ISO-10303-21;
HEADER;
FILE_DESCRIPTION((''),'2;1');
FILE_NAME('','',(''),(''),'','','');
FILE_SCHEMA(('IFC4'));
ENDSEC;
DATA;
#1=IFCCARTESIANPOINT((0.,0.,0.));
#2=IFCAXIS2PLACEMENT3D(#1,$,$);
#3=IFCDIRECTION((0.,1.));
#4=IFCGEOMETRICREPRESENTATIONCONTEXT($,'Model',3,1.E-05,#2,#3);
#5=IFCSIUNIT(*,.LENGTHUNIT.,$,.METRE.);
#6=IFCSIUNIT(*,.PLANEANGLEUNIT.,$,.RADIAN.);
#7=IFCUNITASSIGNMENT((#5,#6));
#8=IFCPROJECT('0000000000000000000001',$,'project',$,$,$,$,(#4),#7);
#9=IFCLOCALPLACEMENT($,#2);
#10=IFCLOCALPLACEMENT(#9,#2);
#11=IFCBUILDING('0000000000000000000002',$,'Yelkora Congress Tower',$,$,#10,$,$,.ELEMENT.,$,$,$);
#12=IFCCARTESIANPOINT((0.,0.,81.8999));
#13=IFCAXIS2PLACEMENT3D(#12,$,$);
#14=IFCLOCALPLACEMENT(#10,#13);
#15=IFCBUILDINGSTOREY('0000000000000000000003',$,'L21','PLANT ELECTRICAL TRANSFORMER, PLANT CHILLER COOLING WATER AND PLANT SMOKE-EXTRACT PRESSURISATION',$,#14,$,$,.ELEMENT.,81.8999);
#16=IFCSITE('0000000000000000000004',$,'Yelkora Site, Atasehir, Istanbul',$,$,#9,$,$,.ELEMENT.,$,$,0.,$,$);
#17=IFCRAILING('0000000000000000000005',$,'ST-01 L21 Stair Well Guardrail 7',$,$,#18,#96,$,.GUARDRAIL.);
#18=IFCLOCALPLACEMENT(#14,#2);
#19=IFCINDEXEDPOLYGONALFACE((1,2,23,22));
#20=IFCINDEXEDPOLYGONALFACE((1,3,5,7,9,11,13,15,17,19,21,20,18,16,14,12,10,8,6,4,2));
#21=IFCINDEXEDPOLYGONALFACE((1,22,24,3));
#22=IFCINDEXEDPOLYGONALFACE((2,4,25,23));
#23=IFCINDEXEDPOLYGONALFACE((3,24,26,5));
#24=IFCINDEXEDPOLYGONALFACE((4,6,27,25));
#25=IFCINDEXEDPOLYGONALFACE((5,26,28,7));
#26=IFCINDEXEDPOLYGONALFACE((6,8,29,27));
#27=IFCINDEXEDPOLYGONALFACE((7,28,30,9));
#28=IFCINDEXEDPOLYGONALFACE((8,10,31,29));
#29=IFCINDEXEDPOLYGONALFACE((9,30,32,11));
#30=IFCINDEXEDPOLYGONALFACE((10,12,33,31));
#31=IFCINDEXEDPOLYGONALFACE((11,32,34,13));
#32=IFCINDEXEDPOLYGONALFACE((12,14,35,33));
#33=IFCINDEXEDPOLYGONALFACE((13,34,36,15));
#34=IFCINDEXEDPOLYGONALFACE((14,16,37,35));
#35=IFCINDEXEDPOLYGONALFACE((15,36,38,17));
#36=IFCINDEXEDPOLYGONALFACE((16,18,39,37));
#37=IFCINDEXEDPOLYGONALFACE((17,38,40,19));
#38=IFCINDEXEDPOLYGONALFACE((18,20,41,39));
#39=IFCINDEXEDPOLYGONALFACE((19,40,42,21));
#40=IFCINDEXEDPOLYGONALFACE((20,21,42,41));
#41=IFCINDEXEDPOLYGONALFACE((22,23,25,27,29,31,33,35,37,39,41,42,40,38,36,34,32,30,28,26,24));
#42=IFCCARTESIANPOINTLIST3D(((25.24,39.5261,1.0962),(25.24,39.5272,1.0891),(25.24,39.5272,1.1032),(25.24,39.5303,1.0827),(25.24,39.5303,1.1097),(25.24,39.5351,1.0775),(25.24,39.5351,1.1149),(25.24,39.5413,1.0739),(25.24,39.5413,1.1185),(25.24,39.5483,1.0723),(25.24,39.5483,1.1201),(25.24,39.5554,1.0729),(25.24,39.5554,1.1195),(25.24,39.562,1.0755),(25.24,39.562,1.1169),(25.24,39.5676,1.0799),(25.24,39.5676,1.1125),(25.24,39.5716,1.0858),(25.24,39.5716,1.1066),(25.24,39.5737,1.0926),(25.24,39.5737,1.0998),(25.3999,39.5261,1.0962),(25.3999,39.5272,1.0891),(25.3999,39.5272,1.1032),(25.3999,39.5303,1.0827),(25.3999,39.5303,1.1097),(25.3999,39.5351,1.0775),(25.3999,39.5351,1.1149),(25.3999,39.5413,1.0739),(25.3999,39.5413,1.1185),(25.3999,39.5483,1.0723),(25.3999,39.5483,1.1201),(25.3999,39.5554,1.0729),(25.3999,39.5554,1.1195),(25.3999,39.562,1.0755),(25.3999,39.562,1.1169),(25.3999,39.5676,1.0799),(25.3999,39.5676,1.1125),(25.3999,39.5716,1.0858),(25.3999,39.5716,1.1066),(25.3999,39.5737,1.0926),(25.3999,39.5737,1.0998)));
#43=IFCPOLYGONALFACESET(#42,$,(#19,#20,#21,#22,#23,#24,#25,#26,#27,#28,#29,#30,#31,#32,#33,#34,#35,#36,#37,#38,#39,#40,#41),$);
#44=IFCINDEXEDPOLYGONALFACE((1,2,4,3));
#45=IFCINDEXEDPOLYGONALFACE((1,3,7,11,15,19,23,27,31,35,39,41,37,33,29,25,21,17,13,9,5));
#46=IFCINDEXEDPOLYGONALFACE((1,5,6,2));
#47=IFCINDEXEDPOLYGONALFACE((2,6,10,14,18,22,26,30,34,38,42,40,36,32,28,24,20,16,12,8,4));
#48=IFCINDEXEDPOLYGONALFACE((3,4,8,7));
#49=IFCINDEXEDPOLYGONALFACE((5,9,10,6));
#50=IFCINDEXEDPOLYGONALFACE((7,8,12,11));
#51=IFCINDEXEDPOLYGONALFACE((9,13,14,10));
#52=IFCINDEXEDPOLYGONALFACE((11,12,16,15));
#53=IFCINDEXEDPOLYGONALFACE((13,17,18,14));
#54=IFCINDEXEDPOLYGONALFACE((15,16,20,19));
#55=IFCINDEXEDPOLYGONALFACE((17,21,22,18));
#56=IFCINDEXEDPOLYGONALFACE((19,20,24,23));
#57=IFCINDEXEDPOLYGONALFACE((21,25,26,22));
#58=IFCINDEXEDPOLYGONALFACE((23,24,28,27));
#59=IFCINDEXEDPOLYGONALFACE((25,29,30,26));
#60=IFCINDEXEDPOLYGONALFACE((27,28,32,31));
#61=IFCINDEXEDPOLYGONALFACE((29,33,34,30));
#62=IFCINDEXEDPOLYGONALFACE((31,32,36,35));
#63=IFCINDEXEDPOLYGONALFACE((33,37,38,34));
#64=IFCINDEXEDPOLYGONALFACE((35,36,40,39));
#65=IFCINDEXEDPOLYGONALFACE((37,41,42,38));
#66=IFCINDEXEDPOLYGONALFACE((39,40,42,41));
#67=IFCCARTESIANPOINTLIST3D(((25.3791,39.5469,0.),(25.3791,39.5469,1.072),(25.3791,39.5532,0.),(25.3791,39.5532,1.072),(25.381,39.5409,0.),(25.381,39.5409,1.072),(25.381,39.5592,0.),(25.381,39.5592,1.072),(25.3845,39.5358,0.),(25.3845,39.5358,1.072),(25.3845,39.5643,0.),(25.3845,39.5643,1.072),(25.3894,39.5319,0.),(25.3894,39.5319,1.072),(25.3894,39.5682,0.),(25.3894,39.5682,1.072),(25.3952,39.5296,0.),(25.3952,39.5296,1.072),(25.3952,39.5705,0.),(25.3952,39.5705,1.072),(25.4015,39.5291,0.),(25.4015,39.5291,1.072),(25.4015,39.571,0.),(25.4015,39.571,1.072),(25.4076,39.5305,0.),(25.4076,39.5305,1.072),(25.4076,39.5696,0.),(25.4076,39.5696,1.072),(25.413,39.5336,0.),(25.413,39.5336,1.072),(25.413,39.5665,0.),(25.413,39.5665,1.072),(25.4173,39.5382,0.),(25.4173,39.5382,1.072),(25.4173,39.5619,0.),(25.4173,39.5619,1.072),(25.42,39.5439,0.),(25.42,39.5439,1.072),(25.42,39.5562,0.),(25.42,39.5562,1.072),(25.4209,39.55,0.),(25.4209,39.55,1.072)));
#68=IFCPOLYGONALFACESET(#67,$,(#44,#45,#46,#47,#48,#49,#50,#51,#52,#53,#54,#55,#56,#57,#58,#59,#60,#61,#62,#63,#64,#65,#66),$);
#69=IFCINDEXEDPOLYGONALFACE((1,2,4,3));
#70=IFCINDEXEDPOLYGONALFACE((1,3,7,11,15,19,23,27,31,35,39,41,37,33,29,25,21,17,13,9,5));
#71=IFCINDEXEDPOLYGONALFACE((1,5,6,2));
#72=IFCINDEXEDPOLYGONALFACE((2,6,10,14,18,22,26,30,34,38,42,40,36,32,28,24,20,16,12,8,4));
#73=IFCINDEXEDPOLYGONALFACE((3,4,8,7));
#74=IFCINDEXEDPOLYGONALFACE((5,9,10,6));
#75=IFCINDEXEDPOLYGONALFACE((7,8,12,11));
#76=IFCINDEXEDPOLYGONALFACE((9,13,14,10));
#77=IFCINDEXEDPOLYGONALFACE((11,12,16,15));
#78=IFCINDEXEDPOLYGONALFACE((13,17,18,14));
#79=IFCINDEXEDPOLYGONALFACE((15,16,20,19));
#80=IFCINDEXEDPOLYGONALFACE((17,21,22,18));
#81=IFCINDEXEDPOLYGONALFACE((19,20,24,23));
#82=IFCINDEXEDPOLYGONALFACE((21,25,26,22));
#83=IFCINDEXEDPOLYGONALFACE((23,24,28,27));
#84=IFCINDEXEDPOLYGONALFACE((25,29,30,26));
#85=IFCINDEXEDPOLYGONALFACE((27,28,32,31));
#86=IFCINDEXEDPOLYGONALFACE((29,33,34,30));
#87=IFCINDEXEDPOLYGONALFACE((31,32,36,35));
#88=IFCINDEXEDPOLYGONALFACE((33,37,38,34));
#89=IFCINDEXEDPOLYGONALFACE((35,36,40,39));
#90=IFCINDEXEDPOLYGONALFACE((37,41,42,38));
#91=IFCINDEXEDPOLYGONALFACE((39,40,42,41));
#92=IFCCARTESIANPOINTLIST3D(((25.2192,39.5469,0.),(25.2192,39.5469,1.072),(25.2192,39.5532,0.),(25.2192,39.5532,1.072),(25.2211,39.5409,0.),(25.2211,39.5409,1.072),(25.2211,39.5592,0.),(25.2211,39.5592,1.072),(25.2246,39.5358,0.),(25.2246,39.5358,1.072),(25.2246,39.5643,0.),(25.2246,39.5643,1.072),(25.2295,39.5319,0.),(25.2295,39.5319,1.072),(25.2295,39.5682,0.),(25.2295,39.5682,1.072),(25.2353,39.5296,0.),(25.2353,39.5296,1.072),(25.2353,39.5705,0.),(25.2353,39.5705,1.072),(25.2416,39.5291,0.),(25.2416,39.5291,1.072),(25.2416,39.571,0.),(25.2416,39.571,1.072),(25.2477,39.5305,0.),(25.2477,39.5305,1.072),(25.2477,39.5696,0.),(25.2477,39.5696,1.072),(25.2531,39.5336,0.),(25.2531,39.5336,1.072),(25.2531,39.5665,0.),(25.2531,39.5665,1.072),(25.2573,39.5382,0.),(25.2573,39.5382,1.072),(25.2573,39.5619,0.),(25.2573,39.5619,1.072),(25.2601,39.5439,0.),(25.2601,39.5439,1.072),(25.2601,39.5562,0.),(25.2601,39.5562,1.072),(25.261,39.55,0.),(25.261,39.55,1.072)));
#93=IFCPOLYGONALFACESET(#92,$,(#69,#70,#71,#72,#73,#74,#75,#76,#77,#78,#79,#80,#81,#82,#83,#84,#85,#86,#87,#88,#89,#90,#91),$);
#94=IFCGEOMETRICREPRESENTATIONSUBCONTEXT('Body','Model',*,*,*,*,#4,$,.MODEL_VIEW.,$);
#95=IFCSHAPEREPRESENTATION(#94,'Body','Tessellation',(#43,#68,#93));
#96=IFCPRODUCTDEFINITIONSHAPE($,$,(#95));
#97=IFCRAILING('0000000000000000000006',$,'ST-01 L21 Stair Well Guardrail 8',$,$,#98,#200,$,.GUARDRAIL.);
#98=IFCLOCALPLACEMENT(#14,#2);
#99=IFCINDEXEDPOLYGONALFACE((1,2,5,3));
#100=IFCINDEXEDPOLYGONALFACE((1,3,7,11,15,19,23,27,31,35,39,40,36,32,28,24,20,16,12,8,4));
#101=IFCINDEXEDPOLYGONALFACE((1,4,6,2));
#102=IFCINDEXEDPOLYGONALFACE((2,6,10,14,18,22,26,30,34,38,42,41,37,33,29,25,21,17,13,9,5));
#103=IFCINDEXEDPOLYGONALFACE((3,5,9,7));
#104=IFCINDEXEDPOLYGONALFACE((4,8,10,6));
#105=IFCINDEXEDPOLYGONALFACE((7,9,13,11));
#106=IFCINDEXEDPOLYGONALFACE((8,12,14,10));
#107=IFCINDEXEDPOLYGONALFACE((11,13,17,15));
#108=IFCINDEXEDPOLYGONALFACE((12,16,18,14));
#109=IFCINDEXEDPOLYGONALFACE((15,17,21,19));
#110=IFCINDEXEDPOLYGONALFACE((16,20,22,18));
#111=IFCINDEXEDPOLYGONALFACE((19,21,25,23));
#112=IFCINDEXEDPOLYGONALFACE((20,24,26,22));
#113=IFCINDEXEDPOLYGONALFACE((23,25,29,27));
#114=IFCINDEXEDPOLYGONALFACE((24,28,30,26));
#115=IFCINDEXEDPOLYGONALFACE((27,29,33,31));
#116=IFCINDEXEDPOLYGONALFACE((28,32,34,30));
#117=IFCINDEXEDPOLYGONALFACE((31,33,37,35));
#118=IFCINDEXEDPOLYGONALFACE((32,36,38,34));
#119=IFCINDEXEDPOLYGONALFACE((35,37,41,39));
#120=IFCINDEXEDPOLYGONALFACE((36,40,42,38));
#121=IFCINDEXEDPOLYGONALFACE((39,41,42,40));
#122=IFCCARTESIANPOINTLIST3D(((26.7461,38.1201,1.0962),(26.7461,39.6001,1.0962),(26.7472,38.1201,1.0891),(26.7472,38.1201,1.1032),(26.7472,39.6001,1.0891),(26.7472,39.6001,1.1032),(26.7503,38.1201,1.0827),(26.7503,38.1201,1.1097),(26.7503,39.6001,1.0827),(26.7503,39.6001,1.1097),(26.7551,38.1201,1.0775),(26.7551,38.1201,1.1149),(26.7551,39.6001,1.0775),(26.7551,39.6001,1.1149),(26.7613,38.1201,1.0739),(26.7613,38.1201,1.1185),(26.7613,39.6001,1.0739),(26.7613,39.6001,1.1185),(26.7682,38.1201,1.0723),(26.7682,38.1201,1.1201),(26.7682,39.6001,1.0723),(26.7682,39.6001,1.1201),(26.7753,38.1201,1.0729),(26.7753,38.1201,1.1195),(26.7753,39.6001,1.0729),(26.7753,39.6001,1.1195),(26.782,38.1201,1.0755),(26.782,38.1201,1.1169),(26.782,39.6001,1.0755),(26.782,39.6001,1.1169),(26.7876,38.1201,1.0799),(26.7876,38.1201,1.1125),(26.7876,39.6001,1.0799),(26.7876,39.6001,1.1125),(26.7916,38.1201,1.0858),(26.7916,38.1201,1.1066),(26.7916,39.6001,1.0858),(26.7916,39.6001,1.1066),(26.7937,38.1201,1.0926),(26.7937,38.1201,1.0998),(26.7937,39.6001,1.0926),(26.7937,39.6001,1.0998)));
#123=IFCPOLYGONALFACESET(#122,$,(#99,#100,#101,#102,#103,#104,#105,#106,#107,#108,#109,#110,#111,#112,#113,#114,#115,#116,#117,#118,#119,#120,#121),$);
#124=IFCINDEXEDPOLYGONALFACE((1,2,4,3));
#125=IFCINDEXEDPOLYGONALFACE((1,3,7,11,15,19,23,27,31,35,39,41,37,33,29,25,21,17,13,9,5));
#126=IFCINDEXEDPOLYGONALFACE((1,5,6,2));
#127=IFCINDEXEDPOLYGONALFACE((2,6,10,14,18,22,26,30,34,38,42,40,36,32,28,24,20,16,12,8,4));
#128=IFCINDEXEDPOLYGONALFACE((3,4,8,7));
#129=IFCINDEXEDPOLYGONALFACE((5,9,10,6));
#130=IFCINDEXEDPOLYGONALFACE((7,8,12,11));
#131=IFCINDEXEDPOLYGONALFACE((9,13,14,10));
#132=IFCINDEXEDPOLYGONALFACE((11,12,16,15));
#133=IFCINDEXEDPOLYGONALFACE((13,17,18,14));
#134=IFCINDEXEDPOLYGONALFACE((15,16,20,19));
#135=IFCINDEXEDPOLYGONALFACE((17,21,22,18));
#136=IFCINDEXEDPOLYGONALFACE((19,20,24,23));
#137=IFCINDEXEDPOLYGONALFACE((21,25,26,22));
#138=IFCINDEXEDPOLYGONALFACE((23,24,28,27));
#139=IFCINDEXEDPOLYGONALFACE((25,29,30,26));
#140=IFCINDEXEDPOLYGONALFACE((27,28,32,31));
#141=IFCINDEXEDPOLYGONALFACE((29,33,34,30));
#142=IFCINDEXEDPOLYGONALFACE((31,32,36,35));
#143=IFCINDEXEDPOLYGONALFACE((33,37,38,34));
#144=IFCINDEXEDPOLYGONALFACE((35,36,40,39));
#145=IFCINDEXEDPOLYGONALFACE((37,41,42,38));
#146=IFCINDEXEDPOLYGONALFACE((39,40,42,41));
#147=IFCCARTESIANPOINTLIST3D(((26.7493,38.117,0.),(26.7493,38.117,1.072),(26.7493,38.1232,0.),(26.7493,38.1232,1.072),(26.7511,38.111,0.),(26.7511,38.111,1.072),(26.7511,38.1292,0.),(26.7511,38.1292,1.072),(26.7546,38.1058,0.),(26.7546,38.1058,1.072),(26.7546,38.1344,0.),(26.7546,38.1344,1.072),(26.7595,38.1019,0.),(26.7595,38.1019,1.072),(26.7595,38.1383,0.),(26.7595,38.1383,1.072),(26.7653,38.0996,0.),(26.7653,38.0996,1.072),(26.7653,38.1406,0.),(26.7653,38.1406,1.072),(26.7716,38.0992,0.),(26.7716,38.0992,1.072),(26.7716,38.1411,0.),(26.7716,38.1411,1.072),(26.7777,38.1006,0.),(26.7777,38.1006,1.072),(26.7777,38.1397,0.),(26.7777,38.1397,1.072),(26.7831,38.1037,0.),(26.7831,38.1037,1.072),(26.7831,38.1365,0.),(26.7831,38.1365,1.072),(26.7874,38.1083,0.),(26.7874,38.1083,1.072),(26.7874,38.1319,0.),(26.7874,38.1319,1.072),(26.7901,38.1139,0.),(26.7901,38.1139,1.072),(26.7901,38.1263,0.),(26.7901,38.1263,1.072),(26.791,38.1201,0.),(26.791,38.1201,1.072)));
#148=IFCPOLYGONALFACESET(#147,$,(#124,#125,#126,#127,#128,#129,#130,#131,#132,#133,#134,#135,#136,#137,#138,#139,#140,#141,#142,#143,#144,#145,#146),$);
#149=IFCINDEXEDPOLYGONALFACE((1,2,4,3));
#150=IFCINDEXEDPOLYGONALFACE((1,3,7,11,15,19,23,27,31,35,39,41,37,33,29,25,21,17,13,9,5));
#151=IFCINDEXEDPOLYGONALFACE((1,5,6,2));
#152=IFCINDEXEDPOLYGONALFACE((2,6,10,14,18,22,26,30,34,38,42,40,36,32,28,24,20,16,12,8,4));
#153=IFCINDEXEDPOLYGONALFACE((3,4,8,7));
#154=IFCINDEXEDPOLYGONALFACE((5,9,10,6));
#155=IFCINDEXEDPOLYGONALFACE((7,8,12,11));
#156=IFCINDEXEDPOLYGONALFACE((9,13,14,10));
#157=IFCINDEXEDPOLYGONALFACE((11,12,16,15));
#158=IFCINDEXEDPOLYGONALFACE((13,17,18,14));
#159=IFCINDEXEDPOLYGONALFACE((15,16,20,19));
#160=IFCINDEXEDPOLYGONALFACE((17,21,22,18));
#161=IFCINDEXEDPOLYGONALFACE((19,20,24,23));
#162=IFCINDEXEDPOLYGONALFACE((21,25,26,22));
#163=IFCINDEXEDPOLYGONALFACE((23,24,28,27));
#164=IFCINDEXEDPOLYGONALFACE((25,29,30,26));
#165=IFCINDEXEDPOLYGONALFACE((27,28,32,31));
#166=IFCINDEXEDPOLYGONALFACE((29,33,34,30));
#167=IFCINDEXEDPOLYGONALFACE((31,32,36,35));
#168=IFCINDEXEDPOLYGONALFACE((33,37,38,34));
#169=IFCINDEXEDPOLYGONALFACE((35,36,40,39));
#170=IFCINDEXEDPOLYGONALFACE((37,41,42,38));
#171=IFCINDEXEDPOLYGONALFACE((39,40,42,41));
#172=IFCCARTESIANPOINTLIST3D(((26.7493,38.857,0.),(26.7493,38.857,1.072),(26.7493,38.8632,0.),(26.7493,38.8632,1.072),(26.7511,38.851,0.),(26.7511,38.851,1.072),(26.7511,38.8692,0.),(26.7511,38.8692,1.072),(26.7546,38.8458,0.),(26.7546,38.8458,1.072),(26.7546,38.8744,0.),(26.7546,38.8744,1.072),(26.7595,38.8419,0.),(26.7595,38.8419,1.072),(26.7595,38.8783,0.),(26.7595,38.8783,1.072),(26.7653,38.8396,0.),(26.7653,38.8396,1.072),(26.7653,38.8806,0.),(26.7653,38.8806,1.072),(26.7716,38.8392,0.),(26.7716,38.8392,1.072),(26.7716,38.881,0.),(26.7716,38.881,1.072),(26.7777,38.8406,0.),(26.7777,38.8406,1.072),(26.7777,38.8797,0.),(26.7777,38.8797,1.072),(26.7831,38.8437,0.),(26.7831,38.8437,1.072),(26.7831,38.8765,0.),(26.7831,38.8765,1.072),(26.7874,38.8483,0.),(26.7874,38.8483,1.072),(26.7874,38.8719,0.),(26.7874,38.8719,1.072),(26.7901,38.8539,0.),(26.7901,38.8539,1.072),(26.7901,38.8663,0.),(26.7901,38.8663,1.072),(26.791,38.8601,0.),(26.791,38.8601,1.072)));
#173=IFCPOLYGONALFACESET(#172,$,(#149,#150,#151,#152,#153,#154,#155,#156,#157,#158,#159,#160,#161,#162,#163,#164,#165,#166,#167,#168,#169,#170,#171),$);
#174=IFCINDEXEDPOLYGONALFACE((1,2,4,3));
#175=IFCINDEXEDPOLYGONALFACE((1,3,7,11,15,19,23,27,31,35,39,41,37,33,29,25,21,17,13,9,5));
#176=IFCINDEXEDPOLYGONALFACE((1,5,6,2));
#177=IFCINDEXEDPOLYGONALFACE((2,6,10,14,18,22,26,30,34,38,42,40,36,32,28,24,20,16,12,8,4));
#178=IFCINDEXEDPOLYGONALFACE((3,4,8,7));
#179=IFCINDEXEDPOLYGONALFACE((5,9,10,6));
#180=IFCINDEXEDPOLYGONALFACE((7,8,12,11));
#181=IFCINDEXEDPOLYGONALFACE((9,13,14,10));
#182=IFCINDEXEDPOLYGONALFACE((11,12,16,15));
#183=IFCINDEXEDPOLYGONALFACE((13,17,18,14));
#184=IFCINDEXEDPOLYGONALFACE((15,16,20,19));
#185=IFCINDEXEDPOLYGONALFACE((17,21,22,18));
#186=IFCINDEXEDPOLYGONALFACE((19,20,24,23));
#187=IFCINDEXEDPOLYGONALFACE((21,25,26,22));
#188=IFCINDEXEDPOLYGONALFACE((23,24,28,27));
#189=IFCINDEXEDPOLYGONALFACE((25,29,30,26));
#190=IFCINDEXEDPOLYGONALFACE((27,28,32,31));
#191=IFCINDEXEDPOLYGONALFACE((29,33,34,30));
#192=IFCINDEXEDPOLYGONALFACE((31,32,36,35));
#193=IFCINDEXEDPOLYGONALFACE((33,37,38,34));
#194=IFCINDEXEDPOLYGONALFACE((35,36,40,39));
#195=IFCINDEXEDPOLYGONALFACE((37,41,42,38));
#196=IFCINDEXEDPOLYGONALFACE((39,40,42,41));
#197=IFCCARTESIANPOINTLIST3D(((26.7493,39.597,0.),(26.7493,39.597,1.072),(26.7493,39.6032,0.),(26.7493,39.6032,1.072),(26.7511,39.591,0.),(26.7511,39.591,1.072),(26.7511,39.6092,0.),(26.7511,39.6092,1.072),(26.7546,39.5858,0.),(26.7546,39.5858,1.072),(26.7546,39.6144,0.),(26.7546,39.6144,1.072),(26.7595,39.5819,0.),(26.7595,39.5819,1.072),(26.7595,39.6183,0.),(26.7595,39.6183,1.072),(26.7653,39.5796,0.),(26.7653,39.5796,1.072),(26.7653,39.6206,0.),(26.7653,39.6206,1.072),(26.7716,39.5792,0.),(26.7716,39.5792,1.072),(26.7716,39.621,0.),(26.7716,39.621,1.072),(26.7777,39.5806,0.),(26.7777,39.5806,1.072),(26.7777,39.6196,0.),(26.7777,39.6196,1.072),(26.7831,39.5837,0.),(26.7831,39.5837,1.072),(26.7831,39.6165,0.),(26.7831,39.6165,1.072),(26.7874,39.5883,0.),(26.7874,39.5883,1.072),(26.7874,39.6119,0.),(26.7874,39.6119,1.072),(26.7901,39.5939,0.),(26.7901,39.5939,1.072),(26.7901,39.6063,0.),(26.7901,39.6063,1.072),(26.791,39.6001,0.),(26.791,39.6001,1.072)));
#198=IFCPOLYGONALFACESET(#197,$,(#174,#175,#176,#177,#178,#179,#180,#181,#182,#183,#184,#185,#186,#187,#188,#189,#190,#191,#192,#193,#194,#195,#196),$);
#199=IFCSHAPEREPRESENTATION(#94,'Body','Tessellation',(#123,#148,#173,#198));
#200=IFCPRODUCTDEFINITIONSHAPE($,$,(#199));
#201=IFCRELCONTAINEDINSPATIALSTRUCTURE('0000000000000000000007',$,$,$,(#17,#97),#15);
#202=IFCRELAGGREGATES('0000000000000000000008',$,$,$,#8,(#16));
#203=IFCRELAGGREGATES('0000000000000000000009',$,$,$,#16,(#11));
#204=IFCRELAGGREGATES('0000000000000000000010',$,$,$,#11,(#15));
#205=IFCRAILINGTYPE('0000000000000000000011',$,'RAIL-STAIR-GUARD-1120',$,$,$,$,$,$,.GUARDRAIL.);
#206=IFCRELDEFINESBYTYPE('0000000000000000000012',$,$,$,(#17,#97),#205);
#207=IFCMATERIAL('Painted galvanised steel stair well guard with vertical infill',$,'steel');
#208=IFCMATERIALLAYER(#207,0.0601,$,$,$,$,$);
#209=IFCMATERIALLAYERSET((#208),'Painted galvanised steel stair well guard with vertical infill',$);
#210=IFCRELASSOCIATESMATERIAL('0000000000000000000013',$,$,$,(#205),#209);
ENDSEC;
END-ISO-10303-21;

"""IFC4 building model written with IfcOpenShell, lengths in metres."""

from ifc_helpers import new_model, si_unit, direction, frame, origin, origin_2d, place, context, subcontext, project, spatial, circle, extrude, material, layer, layer_set, type_object, element, save


model = new_model("IFC4")

# Units and contexts
model_context = context("Model", 3, precision=1e-05, world=origin(), true_north=direction((0.0, 1.0)))
body_context = subcontext(model_context, "Body", "Model", "MODEL_VIEW")
ifc_project = project(units=[si_unit("LENGTHUNIT", "METRE"), si_unit("PLANEANGLEUNIT", "RADIAN")], contexts=[model_context])

# Site, building, storey
site_placement = place(None, origin())
site = spatial("IfcSite", under=ifc_project, at=site_placement, Name="Yelkora Site, Atasehir, Istanbul", CompositionType="ELEMENT", RefElevation=0.0)
building_placement = place(site_placement, origin())
building = spatial("IfcBuilding", under=site, at=building_placement, Name="Yelkora Congress Tower", CompositionType="ELEMENT")
storey_placement = place(building_placement, frame((0.0, 0.0, 81.8999)))
storey = spatial("IfcBuildingStorey", under=building, at=storey_placement, Name="L21", Description="PLANT ELECTRICAL TRANSFORMER, PLANT CHILLER COOLING WATER AND PLANT SMOKE-EXTRACT PRESSURISATION", CompositionType="ELEMENT", Elevation=81.8999)

# Railings
ifc_material_1 = material(Name="Painted galvanised steel stair well guard with vertical infill", Category="steel")
ifc_layer_1 = layer(ifc_material_1, 0.0601)
ifc_layer_set_1 = layer_set([ifc_layer_1], Name="Painted galvanised steel stair well guard with vertical infill")
railing_type_1 = type_object("IfcRailingType", Name="RAIL-STAIR-GUARD-1120", PredefinedType="GUARDRAIL", material=ifc_layer_set_1)
railing_1_placement = place(storey_placement, frame((25.3999, 39.55, 0.0)))
element("IfcRailing", 1, at=railing_1_placement, inside=storey, type_object=railing_type_1, Name="ST-01 L21 Stair Well Guardrail 7", PredefinedType="GUARDRAIL", context=body_context, shape_type="SweptSolid", body=[
    extrude(circle(Radius=0.0239, at=origin_2d()), frame((0.0, 0.0, 1.0962), z_axis=(-1.0, 0.0, 0.0), x_axis=(0.0, -1.0, 0.0)), (0.0, 0.0, 1.0), 0.1599),
    extrude(circle(Radius=0.021, at=origin_2d()), origin(), (0.0, 0.0, 1.0), 1.072),
    extrude(circle(Radius=0.021, at=origin_2d()), frame((-0.1599, 0.0, 0.0)), (0.0, 0.0, 1.0), 1.072),
])
for number, where, name in (
    (2, (26.77, 38.1201, 0.0), "ST-01 L21 Stair Well Guardrail 8"),
):
    element("IfcRailing", number, at=place(storey_placement, frame(where)), inside=storey, type_object=railing_type_1, Name=name, PredefinedType="GUARDRAIL", context=body_context, shape_type="SweptSolid", body=[
        extrude(circle(Radius=0.0239, at=origin_2d()), frame((0.0, 0.0, 1.0962), z_axis=(0.0, 1.0, 0.0), x_axis=(-1.0, 0.0, 0.0)), (0.0, 0.0, 1.0), 1.48),
        extrude(circle(Radius=0.021, at=origin_2d()), origin(), (0.0, 0.0, 1.0), 1.072),
        extrude(circle(Radius=0.021, at=origin_2d()), frame((0.0, 0.74, 0.0)), (0.0, 0.0, 1.0), 1.072),
        extrude(circle(Radius=0.021, at=origin_2d()), frame((0.0, 1.48, 0.0)), (0.0, 0.0, 1.0), 1.072),
    ])

save(model, "model.ifc")
